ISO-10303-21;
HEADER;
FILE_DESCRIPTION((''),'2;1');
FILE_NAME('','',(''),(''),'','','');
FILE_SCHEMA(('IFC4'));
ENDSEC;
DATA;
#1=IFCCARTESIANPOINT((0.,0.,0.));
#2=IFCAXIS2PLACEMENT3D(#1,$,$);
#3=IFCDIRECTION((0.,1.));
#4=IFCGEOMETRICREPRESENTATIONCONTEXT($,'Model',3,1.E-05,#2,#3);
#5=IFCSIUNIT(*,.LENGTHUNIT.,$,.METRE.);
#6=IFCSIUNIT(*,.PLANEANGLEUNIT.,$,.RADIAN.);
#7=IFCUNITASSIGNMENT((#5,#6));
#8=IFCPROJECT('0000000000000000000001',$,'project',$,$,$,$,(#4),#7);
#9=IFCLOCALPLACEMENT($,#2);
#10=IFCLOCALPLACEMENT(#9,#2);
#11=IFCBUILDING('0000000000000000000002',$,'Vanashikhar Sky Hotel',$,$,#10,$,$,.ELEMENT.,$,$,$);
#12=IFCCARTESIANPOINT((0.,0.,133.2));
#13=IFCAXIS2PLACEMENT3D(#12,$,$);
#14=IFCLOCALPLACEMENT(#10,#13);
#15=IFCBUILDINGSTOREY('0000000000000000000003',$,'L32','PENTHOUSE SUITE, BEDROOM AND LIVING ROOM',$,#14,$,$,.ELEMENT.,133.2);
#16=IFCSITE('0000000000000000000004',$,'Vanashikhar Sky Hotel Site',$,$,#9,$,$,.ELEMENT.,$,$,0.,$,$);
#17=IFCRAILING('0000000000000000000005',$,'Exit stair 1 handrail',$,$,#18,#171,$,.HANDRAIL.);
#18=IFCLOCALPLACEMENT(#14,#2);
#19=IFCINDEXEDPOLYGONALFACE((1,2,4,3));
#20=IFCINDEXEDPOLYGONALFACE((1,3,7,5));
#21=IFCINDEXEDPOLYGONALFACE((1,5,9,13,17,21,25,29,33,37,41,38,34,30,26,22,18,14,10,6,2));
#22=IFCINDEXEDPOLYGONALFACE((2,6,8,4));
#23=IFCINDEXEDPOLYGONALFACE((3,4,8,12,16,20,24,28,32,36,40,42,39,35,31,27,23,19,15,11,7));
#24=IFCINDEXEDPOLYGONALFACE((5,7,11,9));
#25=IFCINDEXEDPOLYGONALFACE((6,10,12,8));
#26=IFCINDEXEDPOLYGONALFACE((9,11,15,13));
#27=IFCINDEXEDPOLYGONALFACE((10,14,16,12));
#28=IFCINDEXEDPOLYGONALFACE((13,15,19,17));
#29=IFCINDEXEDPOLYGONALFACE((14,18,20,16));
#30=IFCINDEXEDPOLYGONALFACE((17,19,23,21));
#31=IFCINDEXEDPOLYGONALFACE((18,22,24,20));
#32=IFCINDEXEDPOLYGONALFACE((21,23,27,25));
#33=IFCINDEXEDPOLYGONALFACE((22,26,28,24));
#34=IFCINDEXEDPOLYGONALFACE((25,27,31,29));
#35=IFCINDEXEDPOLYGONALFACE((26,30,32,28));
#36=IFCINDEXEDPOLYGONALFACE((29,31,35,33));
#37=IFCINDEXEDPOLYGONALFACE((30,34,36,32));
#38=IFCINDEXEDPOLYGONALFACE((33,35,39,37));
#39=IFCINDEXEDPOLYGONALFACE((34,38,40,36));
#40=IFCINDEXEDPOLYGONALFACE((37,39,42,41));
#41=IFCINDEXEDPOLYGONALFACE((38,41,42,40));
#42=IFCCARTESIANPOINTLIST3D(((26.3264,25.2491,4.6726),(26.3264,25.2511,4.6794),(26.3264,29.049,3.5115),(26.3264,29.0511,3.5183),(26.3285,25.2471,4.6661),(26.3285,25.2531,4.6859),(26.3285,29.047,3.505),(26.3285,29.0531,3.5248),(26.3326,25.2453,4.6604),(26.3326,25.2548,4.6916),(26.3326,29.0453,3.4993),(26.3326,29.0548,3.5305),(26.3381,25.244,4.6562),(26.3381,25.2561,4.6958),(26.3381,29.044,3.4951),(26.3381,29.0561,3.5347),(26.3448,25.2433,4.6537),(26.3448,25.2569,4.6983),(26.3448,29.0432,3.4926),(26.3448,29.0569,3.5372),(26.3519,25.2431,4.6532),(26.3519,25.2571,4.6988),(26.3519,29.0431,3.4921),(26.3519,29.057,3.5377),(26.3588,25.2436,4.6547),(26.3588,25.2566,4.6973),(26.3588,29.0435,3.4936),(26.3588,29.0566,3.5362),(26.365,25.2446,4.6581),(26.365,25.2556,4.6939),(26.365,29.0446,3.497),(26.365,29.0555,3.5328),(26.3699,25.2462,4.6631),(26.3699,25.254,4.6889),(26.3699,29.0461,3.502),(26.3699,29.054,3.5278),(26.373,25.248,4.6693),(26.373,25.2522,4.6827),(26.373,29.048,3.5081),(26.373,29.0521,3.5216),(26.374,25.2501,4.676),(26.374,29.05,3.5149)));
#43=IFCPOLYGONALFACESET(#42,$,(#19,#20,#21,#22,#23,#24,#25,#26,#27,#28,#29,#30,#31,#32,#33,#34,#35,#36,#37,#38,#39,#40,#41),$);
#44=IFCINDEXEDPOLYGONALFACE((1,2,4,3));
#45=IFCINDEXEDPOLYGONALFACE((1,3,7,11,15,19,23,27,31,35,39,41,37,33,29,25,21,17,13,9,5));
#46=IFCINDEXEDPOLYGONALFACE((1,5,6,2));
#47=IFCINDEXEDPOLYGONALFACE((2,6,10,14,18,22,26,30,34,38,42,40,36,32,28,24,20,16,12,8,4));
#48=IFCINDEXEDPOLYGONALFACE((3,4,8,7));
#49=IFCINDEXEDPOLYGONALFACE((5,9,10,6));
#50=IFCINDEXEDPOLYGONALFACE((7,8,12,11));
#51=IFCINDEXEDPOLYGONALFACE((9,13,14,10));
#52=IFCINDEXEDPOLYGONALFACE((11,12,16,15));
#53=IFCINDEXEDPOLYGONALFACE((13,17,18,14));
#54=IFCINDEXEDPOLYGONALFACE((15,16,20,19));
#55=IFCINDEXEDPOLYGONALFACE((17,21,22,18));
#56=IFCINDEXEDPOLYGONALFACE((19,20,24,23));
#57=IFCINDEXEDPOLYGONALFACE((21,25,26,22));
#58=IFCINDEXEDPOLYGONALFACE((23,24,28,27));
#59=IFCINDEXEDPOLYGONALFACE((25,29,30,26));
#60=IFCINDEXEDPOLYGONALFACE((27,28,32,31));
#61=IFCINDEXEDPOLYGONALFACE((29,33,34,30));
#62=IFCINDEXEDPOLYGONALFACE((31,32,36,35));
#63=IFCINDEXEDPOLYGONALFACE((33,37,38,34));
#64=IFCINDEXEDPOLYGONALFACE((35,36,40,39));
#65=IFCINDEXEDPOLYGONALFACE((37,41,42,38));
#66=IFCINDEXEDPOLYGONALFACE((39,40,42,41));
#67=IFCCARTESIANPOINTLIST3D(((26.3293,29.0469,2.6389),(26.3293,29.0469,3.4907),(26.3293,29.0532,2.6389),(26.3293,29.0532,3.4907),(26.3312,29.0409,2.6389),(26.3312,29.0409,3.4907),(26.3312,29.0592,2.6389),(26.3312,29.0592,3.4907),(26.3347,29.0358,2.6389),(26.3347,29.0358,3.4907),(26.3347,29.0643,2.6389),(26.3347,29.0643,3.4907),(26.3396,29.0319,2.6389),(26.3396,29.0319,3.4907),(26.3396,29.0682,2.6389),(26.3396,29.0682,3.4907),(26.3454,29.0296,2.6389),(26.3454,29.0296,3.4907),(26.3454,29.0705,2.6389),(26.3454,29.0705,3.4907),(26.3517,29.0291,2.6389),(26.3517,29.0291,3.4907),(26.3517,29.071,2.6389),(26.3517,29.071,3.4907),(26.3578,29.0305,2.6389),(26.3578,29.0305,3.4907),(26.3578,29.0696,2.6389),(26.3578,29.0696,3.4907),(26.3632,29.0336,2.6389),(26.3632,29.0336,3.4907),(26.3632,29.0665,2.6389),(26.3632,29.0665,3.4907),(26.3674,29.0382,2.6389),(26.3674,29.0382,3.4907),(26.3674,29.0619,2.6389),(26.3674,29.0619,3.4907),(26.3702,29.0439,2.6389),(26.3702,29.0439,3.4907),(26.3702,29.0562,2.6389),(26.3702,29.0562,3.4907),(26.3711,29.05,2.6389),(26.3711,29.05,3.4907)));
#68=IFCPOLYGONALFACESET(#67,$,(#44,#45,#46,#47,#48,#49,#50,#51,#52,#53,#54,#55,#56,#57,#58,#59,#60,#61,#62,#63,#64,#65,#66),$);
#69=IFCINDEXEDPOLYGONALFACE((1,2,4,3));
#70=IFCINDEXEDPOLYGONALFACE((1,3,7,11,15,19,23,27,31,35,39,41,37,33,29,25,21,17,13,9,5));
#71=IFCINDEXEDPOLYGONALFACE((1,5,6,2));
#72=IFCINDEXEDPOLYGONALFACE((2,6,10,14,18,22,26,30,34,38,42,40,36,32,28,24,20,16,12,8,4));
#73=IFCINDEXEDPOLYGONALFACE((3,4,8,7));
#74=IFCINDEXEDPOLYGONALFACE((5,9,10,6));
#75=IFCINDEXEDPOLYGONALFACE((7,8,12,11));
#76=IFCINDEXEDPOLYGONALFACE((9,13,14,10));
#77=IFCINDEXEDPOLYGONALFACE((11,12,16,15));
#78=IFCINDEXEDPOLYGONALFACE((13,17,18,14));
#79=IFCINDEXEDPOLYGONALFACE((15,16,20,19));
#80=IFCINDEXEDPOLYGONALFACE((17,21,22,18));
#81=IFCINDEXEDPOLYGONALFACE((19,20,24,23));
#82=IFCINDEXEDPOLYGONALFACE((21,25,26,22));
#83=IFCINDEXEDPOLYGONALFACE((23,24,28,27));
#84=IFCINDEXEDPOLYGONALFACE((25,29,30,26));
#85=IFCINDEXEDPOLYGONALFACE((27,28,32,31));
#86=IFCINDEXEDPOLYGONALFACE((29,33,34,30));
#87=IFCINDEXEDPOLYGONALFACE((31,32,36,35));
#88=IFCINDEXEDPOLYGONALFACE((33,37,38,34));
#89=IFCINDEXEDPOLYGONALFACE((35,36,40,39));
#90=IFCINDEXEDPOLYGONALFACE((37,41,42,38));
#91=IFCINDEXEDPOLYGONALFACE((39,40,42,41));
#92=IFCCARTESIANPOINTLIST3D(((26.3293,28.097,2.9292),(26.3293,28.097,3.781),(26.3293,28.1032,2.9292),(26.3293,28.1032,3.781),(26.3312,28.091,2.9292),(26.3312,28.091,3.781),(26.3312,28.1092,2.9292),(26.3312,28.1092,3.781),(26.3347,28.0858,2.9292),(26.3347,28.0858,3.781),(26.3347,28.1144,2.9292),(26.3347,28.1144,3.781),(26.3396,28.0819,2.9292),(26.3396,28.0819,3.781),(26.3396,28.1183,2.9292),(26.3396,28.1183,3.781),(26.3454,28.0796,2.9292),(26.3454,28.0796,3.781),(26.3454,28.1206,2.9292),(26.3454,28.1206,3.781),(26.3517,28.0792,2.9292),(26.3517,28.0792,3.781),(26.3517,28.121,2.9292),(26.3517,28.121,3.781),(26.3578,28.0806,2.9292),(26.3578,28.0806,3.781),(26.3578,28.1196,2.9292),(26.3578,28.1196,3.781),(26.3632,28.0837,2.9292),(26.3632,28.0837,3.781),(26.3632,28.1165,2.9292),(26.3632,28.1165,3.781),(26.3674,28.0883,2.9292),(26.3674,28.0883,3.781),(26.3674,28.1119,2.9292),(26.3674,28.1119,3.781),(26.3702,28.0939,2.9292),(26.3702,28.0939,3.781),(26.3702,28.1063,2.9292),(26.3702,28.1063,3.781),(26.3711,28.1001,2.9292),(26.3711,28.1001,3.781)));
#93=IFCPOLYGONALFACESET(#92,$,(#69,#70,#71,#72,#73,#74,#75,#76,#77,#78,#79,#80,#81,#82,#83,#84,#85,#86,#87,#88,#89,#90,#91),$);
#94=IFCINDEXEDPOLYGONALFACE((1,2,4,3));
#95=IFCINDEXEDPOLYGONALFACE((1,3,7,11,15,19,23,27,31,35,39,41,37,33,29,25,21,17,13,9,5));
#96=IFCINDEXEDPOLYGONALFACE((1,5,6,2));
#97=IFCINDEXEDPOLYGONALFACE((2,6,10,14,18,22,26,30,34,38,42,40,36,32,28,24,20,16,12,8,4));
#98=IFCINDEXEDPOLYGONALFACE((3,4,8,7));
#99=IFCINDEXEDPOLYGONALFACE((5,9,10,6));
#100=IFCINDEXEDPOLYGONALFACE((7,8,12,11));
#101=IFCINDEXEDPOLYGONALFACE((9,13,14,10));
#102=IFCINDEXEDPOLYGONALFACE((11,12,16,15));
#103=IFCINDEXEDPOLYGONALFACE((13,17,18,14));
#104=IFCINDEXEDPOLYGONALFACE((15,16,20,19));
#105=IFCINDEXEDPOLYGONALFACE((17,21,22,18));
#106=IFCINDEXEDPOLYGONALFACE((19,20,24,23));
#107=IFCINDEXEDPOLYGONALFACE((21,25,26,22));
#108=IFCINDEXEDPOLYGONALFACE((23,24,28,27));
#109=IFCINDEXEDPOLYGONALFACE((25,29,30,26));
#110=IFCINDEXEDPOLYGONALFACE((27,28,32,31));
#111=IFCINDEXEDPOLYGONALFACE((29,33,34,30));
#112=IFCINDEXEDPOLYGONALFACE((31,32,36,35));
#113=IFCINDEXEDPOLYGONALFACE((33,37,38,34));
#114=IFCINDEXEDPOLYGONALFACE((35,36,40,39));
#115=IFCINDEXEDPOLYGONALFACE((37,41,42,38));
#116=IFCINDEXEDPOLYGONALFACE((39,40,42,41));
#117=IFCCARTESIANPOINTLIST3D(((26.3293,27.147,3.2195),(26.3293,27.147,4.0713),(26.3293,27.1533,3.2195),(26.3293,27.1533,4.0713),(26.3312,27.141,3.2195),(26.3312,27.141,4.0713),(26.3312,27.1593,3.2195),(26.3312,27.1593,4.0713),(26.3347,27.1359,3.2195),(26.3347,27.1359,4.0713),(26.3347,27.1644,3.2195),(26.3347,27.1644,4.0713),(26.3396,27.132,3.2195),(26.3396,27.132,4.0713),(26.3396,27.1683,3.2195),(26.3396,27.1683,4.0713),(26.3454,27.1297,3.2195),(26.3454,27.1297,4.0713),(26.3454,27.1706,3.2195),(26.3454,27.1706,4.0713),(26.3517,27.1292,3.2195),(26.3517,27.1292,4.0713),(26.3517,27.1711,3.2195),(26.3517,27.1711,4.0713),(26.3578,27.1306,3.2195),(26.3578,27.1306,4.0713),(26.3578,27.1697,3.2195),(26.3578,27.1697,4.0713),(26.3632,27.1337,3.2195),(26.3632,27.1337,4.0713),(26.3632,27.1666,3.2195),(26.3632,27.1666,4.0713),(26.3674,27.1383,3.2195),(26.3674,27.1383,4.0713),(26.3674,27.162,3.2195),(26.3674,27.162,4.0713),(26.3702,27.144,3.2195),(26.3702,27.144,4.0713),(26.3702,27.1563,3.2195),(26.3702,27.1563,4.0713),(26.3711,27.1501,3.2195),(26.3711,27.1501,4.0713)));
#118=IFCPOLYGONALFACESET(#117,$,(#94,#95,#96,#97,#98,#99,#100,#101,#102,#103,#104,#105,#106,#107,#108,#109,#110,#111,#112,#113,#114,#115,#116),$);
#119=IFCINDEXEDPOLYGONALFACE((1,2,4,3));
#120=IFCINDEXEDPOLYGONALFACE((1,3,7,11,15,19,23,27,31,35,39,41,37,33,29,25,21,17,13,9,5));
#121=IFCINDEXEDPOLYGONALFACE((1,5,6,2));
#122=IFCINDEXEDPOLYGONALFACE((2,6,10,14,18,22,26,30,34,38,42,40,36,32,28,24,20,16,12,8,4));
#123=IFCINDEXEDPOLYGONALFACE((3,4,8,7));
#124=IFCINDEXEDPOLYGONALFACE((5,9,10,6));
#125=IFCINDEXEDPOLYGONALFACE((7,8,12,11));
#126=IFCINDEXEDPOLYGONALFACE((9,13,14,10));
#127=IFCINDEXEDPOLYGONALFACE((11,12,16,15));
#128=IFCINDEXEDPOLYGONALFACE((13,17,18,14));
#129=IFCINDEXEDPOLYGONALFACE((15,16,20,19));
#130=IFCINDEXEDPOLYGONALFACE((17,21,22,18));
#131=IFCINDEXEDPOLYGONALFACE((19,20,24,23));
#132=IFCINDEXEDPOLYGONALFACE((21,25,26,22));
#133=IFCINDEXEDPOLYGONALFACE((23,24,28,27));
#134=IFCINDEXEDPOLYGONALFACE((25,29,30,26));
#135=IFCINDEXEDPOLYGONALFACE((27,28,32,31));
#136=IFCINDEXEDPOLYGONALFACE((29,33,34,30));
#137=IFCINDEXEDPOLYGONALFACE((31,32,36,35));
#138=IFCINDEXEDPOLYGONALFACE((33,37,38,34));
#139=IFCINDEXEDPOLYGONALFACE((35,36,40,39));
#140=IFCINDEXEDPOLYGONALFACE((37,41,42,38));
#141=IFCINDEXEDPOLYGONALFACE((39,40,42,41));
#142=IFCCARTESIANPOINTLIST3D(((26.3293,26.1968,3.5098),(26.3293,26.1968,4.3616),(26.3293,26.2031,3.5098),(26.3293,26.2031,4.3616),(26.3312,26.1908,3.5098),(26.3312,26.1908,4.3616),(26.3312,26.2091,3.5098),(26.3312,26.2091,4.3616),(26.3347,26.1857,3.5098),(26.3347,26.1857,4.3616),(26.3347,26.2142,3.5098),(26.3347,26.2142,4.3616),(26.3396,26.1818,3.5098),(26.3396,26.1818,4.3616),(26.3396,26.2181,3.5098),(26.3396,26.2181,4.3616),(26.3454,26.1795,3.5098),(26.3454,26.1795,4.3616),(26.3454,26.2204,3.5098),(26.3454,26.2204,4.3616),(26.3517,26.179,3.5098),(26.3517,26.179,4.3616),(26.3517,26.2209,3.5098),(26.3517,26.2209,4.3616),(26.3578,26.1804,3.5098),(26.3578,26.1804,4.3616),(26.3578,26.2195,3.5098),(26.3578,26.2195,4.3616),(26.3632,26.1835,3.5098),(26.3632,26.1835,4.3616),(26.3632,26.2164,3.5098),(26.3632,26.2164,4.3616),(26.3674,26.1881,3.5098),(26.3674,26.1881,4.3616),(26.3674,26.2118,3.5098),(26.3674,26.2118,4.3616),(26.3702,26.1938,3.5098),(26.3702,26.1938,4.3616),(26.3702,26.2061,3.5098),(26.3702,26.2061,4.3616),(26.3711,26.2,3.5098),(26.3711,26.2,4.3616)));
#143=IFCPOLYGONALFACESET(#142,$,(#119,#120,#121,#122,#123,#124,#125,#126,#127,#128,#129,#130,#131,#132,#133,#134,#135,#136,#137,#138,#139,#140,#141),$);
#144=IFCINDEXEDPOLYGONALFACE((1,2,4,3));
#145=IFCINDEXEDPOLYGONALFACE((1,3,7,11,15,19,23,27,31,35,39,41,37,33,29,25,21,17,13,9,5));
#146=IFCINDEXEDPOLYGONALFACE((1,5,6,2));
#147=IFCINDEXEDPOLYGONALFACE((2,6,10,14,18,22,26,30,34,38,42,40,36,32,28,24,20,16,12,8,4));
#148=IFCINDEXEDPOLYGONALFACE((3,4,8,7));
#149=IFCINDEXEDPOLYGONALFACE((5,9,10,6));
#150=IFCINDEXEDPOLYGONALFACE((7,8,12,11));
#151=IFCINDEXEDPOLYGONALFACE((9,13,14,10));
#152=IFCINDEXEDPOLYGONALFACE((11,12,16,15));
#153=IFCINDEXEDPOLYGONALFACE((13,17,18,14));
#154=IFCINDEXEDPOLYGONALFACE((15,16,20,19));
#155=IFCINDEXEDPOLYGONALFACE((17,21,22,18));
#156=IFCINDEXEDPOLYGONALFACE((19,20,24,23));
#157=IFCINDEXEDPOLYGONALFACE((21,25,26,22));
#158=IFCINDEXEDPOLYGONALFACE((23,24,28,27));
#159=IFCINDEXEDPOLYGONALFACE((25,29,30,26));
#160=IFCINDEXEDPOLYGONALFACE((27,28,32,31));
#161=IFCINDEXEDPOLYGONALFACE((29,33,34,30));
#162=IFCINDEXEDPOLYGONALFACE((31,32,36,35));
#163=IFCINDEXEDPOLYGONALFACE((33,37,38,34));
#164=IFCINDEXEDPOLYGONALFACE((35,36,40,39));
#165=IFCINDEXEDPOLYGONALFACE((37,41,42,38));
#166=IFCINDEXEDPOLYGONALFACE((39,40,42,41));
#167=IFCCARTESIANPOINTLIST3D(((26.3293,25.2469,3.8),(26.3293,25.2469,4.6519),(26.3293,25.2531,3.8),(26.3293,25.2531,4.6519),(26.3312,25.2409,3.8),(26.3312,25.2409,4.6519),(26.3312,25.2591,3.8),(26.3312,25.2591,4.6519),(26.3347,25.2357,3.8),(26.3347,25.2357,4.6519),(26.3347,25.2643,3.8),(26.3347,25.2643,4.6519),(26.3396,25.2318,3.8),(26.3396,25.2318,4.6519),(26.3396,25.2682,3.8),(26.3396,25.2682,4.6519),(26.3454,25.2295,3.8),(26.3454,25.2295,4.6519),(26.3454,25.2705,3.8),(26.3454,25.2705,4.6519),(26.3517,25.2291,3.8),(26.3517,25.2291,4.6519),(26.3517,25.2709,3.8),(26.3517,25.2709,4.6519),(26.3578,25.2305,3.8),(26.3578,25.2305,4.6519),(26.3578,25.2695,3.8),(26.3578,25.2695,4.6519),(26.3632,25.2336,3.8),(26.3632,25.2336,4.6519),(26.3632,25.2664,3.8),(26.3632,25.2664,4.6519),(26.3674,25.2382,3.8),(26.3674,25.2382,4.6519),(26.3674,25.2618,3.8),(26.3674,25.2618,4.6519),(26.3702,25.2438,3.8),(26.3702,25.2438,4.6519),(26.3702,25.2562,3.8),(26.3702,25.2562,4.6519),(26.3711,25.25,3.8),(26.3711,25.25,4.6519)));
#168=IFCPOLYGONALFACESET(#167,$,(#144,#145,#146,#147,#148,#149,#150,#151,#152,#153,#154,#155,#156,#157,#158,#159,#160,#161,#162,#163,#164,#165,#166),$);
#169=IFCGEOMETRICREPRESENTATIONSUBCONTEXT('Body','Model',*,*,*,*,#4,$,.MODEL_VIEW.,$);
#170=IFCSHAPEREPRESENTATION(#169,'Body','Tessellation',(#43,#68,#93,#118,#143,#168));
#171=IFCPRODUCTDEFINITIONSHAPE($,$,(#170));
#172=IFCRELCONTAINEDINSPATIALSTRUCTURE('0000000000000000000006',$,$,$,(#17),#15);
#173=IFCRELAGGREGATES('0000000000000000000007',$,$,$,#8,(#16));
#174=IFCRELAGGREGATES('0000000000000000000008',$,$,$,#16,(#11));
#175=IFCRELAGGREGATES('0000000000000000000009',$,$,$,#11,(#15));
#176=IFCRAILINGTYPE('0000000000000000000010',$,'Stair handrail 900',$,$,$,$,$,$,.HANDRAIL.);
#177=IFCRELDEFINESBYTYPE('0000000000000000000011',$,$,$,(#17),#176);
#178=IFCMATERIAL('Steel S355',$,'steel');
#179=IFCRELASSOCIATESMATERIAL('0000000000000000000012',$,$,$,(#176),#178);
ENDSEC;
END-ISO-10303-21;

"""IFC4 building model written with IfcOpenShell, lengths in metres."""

from ifc_helpers import new_model, si_unit, direction, frame, origin, origin_2d, place, context, subcontext, project, spatial, circle, extrude, source, transform, mapped, material, type_object, element, save


model = new_model("IFC4")

# Units and contexts
model_context = context("Model", 3, precision=1e-05, world=origin(), true_north=direction((0.0, 1.0)))
body_context = subcontext(model_context, "Body", "Model", "MODEL_VIEW")
ifc_project = project(units=[si_unit("LENGTHUNIT", "METRE"), si_unit("PLANEANGLEUNIT", "RADIAN")], contexts=[model_context])

# Site, building, storey
site_placement = place(None, origin())
site = spatial("IfcSite", under=ifc_project, at=site_placement, Name="Vanashikhar Sky Hotel Site", CompositionType="ELEMENT", RefElevation=0.0)
building_placement = place(site_placement, origin())
building = spatial("IfcBuilding", under=site, at=building_placement, Name="Vanashikhar Sky Hotel", CompositionType="ELEMENT")
storey_placement = place(building_placement, frame((0.0, 0.0, 133.2)))
storey = spatial("IfcBuildingStorey", under=building, at=storey_placement, Name="L32", Description="PENTHOUSE SUITE, BEDROOM AND LIVING ROOM", CompositionType="ELEMENT", Elevation=133.2)

# Railing
ifc_material_1 = material(Name="Steel S355", Category="steel")
railing_type = type_object("IfcRailingType", Name="Stair handrail 900", PredefinedType="HANDRAIL", material=ifc_material_1)
shared_shape_1 = source(origin(), body_context, "Body", "SweptSolid", [
    extrude(circle(Radius=0.0239, at=origin_2d()), frame((0.0, 0.0, 0.876), z_axis=(0.0, -0.956351, 0.29222), x_axis=(1.0, 0.0, 0.0)), (0.0, 0.0, 1.0), 3.9734),
    extrude(circle(Radius=0.021, at=origin_2d()), origin(), (0.0, 0.0, 1.0), 0.8518),
    extrude(circle(Radius=0.021, at=origin_2d()), frame((0.0, -0.95, 0.2903)), (0.0, 0.0, 1.0), 0.8518),
    extrude(circle(Radius=0.021, at=origin_2d()), frame((0.0, -1.8999, 0.5806)), (0.0, 0.0, 1.0), 0.8518),
    extrude(circle(Radius=0.021, at=origin_2d()), frame((0.0, -2.8501, 0.8708)), (0.0, 0.0, 1.0), 0.8518),
    extrude(circle(Radius=0.021, at=origin_2d()), frame((0.0, -3.8, 1.1611)), (0.0, 0.0, 1.0), 0.8518),
])
railing_1_placement = place(storey_placement, frame((26.3501, 29.05, 2.6389)))
element("IfcRailing", 1, at=railing_1_placement, inside=storey, type_object=railing_type, Name="Exit stair 1 handrail", PredefinedType="HANDRAIL", context=body_context, shape_type="MappedRepresentation", body=[
    mapped(shared_shape_1, transform((0.0, 0.0, 0.0), scale=1.0)),
])

save(model, "model.ifc")
